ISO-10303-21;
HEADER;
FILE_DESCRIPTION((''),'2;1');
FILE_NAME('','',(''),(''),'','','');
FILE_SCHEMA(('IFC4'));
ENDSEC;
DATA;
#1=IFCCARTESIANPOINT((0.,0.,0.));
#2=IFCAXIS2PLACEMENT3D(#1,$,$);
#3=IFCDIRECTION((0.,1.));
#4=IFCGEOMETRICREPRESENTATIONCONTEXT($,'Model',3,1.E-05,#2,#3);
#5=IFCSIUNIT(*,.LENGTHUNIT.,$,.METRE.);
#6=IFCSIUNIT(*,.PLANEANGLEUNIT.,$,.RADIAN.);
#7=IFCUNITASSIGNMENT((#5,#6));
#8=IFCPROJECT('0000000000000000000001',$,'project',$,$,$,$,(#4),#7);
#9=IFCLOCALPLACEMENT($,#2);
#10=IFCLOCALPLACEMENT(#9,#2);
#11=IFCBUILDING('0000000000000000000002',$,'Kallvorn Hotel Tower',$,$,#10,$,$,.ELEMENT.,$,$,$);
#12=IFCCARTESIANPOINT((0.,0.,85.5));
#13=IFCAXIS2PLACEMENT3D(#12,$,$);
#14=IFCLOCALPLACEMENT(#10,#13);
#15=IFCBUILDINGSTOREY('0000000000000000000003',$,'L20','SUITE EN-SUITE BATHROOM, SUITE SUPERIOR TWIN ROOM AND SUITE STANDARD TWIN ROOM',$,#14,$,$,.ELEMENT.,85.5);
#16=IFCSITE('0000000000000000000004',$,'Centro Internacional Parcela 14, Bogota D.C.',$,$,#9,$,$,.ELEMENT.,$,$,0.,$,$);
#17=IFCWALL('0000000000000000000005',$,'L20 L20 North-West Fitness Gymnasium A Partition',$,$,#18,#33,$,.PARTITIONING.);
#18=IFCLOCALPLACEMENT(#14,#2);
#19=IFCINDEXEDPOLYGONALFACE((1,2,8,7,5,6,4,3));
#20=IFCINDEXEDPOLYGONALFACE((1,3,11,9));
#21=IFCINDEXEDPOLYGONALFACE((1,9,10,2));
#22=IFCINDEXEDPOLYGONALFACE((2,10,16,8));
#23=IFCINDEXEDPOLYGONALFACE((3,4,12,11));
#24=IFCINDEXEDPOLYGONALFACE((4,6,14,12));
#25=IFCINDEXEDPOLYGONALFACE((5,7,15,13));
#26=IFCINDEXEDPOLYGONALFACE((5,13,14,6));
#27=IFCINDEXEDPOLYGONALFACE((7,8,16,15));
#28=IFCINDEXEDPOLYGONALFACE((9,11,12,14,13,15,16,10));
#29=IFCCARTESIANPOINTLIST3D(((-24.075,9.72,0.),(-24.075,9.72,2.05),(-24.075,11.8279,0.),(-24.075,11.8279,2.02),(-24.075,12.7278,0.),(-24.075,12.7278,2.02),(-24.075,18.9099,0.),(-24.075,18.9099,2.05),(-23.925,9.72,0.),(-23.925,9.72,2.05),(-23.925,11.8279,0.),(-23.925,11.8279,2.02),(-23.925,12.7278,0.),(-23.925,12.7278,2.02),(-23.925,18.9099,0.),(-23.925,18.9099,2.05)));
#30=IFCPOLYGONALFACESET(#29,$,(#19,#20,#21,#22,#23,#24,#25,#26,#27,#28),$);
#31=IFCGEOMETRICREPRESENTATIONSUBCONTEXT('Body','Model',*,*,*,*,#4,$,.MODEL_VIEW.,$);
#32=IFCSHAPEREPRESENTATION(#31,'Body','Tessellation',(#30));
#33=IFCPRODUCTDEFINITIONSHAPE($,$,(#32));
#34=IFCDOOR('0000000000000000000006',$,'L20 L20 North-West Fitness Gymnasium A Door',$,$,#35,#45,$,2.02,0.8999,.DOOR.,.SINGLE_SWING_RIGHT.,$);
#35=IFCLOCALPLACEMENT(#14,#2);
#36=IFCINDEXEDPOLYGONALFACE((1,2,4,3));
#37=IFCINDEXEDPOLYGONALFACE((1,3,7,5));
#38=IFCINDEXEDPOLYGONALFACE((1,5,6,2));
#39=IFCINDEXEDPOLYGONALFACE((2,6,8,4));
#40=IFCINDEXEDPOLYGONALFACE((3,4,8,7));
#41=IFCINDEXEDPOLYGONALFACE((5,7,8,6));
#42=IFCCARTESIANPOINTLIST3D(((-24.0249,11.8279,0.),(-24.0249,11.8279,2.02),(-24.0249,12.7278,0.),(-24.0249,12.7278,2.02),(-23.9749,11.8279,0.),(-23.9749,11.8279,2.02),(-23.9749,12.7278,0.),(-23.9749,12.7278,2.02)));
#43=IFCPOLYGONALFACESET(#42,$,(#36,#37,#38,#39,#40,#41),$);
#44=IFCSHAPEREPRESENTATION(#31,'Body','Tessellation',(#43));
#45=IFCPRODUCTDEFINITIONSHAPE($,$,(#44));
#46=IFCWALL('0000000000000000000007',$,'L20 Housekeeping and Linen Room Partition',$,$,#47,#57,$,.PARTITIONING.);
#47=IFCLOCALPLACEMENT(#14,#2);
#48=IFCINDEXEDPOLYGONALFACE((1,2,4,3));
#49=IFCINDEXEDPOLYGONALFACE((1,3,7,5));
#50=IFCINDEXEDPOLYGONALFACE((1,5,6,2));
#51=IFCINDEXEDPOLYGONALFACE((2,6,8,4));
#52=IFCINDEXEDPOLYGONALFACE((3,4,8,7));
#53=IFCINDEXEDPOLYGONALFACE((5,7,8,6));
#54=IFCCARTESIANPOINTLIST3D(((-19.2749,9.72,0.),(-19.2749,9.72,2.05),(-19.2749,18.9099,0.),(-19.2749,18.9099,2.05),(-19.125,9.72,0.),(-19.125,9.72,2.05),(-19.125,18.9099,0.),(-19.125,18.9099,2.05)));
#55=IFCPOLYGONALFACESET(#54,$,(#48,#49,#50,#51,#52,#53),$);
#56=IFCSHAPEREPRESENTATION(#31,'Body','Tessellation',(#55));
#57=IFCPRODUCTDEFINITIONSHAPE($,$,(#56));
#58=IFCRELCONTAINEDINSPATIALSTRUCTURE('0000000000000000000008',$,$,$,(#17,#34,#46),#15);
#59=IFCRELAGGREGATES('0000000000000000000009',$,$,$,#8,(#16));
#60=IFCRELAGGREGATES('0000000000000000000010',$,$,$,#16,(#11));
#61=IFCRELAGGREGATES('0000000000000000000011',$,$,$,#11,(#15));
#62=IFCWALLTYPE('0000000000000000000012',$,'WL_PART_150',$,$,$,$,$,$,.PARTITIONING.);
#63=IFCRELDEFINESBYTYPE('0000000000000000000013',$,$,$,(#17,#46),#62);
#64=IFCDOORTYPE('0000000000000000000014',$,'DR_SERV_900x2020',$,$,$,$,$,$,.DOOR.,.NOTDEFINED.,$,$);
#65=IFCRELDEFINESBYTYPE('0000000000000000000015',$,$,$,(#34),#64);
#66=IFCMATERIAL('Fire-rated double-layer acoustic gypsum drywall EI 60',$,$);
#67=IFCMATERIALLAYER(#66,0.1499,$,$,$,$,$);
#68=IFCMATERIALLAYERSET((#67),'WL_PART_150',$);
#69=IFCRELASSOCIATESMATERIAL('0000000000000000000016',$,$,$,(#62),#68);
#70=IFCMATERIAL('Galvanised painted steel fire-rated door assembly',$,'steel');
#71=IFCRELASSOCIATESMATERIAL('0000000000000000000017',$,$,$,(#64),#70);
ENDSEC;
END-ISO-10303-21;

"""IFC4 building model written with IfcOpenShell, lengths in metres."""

from ifc_helpers import new_model, si_unit, direction, frame, frame_2d, origin, place, context, subcontext, project, spatial, rectangle, extrude, material, layer, layer_set, type_object, element, fill, save


model = new_model("IFC4")

# Units and contexts
model_context = context("Model", 3, precision=1e-05, world=origin(), true_north=direction((0.0, 1.0)))
body_context = subcontext(model_context, "Body", "Model", "MODEL_VIEW")
ifc_project = project(units=[si_unit("LENGTHUNIT", "METRE"), si_unit("PLANEANGLEUNIT", "RADIAN")], contexts=[model_context])

# Site, building, storey
site_placement = place(None, origin())
site = spatial("IfcSite", under=ifc_project, at=site_placement, Name="Centro Internacional Parcela 14, Bogota D.C.", CompositionType="ELEMENT", RefElevation=0.0)
building_placement = place(site_placement, origin())
building = spatial("IfcBuilding", under=site, at=building_placement, Name="Kallvorn Hotel Tower", CompositionType="ELEMENT")
storey_placement = place(building_placement, frame((0.0, 0.0, 85.5)))
storey = spatial("IfcBuildingStorey", under=building, at=storey_placement, Name="L20", Description="SUITE EN-SUITE BATHROOM, SUITE SUPERIOR TWIN ROOM AND SUITE STANDARD TWIN ROOM", CompositionType="ELEMENT", Elevation=85.5)

# Wall, opening, door
ifc_material_1 = material(Name="Fire-rated double-layer acoustic gypsum drywall EI 60")
ifc_layer_1 = layer(ifc_material_1, 0.1499)
ifc_layer_set_1 = layer_set([ifc_layer_1], Name="WL_PART_150")
wall_type_1 = type_object("IfcWallType", Name="WL_PART_150", PredefinedType="PARTITIONING", material=ifc_layer_set_1)
wall_1_placement = place(storey_placement, frame((-24.0, 9.72, 0.0), z_axis=(0.0, 0.0, 1.0), x_axis=(0.0, 1.0, 0.0)))
wall_1 = element("IfcWall", 1, at=wall_1_placement, inside=storey, type_object=wall_type_1, Name="L20 L20 North-West Fitness Gymnasium A Partition", PredefinedType="PARTITIONING", context=body_context, shape_type="SweptSolid", body=[
    extrude(rectangle(XDim=9.1899, YDim=0.1499, at=frame_2d((4.595, 0.0))), origin(), (0.0, 0.0, 1.0), 2.05),
])
opening_1_placement = place(wall_1_placement, frame((2.1079, 0.0, 0.0)))
opening_1 = element("IfcOpeningElement", 2, at=opening_1_placement, cuts=wall_1, PredefinedType="OPENING", context=body_context, shape_type="SweptSolid", body=[
    extrude(rectangle(XDim=0.8999, YDim=2.02, at=frame_2d((0.45, 1.01))), frame((0.0, 0.0898, 0.0), z_axis=(0.0, -1.0, 0.0), x_axis=(1.0, 0.0, 0.0)), (0.0, 0.0, 1.0), 0.1799),
])
ifc_material_2 = material(Name="Galvanised painted steel fire-rated door assembly", Category="steel")
door_type_1 = type_object("IfcDoorType", Name="DR_SERV_900x2020", OperationType="NOTDEFINED", PredefinedType="DOOR", material=ifc_material_2)
door_1_placement = place(opening_1_placement, origin())
door_1 = element("IfcDoor", 3, at=door_1_placement, inside=storey, type_object=door_type_1, Name="L20 L20 North-West Fitness Gymnasium A Door", OperationType="SINGLE_SWING_RIGHT", OverallHeight=2.02, OverallWidth=0.8999, PredefinedType="DOOR", context=body_context, shape_type="SweptSolid", body=[
    extrude(rectangle(XDim=0.8999, YDim=2.02, at=frame_2d((0.45, 1.01))), frame((0.0, 0.0249, 0.0), z_axis=(0.0, -1.0, 0.0), x_axis=(1.0, 0.0, 0.0)), (0.0, 0.0, 1.0), 0.05),
])
fill(opening_1, door_1)

# Wall
wall_2_placement = place(storey_placement, frame((-19.2, 9.72, 0.0), z_axis=(0.0, 0.0, 1.0), x_axis=(0.0, 1.0, 0.0)))
element("IfcWall", 4, at=wall_2_placement, inside=storey, type_object=wall_type_1, Name="L20 Housekeeping and Linen Room Partition", PredefinedType="PARTITIONING", context=body_context, shape_type="SweptSolid", body=[
    extrude(rectangle(XDim=9.1899, YDim=0.1499, at=frame_2d((4.595, 0.0))), origin(), (0.0, 0.0, 1.0), 2.05),
])

save(model, "model.ifc")
